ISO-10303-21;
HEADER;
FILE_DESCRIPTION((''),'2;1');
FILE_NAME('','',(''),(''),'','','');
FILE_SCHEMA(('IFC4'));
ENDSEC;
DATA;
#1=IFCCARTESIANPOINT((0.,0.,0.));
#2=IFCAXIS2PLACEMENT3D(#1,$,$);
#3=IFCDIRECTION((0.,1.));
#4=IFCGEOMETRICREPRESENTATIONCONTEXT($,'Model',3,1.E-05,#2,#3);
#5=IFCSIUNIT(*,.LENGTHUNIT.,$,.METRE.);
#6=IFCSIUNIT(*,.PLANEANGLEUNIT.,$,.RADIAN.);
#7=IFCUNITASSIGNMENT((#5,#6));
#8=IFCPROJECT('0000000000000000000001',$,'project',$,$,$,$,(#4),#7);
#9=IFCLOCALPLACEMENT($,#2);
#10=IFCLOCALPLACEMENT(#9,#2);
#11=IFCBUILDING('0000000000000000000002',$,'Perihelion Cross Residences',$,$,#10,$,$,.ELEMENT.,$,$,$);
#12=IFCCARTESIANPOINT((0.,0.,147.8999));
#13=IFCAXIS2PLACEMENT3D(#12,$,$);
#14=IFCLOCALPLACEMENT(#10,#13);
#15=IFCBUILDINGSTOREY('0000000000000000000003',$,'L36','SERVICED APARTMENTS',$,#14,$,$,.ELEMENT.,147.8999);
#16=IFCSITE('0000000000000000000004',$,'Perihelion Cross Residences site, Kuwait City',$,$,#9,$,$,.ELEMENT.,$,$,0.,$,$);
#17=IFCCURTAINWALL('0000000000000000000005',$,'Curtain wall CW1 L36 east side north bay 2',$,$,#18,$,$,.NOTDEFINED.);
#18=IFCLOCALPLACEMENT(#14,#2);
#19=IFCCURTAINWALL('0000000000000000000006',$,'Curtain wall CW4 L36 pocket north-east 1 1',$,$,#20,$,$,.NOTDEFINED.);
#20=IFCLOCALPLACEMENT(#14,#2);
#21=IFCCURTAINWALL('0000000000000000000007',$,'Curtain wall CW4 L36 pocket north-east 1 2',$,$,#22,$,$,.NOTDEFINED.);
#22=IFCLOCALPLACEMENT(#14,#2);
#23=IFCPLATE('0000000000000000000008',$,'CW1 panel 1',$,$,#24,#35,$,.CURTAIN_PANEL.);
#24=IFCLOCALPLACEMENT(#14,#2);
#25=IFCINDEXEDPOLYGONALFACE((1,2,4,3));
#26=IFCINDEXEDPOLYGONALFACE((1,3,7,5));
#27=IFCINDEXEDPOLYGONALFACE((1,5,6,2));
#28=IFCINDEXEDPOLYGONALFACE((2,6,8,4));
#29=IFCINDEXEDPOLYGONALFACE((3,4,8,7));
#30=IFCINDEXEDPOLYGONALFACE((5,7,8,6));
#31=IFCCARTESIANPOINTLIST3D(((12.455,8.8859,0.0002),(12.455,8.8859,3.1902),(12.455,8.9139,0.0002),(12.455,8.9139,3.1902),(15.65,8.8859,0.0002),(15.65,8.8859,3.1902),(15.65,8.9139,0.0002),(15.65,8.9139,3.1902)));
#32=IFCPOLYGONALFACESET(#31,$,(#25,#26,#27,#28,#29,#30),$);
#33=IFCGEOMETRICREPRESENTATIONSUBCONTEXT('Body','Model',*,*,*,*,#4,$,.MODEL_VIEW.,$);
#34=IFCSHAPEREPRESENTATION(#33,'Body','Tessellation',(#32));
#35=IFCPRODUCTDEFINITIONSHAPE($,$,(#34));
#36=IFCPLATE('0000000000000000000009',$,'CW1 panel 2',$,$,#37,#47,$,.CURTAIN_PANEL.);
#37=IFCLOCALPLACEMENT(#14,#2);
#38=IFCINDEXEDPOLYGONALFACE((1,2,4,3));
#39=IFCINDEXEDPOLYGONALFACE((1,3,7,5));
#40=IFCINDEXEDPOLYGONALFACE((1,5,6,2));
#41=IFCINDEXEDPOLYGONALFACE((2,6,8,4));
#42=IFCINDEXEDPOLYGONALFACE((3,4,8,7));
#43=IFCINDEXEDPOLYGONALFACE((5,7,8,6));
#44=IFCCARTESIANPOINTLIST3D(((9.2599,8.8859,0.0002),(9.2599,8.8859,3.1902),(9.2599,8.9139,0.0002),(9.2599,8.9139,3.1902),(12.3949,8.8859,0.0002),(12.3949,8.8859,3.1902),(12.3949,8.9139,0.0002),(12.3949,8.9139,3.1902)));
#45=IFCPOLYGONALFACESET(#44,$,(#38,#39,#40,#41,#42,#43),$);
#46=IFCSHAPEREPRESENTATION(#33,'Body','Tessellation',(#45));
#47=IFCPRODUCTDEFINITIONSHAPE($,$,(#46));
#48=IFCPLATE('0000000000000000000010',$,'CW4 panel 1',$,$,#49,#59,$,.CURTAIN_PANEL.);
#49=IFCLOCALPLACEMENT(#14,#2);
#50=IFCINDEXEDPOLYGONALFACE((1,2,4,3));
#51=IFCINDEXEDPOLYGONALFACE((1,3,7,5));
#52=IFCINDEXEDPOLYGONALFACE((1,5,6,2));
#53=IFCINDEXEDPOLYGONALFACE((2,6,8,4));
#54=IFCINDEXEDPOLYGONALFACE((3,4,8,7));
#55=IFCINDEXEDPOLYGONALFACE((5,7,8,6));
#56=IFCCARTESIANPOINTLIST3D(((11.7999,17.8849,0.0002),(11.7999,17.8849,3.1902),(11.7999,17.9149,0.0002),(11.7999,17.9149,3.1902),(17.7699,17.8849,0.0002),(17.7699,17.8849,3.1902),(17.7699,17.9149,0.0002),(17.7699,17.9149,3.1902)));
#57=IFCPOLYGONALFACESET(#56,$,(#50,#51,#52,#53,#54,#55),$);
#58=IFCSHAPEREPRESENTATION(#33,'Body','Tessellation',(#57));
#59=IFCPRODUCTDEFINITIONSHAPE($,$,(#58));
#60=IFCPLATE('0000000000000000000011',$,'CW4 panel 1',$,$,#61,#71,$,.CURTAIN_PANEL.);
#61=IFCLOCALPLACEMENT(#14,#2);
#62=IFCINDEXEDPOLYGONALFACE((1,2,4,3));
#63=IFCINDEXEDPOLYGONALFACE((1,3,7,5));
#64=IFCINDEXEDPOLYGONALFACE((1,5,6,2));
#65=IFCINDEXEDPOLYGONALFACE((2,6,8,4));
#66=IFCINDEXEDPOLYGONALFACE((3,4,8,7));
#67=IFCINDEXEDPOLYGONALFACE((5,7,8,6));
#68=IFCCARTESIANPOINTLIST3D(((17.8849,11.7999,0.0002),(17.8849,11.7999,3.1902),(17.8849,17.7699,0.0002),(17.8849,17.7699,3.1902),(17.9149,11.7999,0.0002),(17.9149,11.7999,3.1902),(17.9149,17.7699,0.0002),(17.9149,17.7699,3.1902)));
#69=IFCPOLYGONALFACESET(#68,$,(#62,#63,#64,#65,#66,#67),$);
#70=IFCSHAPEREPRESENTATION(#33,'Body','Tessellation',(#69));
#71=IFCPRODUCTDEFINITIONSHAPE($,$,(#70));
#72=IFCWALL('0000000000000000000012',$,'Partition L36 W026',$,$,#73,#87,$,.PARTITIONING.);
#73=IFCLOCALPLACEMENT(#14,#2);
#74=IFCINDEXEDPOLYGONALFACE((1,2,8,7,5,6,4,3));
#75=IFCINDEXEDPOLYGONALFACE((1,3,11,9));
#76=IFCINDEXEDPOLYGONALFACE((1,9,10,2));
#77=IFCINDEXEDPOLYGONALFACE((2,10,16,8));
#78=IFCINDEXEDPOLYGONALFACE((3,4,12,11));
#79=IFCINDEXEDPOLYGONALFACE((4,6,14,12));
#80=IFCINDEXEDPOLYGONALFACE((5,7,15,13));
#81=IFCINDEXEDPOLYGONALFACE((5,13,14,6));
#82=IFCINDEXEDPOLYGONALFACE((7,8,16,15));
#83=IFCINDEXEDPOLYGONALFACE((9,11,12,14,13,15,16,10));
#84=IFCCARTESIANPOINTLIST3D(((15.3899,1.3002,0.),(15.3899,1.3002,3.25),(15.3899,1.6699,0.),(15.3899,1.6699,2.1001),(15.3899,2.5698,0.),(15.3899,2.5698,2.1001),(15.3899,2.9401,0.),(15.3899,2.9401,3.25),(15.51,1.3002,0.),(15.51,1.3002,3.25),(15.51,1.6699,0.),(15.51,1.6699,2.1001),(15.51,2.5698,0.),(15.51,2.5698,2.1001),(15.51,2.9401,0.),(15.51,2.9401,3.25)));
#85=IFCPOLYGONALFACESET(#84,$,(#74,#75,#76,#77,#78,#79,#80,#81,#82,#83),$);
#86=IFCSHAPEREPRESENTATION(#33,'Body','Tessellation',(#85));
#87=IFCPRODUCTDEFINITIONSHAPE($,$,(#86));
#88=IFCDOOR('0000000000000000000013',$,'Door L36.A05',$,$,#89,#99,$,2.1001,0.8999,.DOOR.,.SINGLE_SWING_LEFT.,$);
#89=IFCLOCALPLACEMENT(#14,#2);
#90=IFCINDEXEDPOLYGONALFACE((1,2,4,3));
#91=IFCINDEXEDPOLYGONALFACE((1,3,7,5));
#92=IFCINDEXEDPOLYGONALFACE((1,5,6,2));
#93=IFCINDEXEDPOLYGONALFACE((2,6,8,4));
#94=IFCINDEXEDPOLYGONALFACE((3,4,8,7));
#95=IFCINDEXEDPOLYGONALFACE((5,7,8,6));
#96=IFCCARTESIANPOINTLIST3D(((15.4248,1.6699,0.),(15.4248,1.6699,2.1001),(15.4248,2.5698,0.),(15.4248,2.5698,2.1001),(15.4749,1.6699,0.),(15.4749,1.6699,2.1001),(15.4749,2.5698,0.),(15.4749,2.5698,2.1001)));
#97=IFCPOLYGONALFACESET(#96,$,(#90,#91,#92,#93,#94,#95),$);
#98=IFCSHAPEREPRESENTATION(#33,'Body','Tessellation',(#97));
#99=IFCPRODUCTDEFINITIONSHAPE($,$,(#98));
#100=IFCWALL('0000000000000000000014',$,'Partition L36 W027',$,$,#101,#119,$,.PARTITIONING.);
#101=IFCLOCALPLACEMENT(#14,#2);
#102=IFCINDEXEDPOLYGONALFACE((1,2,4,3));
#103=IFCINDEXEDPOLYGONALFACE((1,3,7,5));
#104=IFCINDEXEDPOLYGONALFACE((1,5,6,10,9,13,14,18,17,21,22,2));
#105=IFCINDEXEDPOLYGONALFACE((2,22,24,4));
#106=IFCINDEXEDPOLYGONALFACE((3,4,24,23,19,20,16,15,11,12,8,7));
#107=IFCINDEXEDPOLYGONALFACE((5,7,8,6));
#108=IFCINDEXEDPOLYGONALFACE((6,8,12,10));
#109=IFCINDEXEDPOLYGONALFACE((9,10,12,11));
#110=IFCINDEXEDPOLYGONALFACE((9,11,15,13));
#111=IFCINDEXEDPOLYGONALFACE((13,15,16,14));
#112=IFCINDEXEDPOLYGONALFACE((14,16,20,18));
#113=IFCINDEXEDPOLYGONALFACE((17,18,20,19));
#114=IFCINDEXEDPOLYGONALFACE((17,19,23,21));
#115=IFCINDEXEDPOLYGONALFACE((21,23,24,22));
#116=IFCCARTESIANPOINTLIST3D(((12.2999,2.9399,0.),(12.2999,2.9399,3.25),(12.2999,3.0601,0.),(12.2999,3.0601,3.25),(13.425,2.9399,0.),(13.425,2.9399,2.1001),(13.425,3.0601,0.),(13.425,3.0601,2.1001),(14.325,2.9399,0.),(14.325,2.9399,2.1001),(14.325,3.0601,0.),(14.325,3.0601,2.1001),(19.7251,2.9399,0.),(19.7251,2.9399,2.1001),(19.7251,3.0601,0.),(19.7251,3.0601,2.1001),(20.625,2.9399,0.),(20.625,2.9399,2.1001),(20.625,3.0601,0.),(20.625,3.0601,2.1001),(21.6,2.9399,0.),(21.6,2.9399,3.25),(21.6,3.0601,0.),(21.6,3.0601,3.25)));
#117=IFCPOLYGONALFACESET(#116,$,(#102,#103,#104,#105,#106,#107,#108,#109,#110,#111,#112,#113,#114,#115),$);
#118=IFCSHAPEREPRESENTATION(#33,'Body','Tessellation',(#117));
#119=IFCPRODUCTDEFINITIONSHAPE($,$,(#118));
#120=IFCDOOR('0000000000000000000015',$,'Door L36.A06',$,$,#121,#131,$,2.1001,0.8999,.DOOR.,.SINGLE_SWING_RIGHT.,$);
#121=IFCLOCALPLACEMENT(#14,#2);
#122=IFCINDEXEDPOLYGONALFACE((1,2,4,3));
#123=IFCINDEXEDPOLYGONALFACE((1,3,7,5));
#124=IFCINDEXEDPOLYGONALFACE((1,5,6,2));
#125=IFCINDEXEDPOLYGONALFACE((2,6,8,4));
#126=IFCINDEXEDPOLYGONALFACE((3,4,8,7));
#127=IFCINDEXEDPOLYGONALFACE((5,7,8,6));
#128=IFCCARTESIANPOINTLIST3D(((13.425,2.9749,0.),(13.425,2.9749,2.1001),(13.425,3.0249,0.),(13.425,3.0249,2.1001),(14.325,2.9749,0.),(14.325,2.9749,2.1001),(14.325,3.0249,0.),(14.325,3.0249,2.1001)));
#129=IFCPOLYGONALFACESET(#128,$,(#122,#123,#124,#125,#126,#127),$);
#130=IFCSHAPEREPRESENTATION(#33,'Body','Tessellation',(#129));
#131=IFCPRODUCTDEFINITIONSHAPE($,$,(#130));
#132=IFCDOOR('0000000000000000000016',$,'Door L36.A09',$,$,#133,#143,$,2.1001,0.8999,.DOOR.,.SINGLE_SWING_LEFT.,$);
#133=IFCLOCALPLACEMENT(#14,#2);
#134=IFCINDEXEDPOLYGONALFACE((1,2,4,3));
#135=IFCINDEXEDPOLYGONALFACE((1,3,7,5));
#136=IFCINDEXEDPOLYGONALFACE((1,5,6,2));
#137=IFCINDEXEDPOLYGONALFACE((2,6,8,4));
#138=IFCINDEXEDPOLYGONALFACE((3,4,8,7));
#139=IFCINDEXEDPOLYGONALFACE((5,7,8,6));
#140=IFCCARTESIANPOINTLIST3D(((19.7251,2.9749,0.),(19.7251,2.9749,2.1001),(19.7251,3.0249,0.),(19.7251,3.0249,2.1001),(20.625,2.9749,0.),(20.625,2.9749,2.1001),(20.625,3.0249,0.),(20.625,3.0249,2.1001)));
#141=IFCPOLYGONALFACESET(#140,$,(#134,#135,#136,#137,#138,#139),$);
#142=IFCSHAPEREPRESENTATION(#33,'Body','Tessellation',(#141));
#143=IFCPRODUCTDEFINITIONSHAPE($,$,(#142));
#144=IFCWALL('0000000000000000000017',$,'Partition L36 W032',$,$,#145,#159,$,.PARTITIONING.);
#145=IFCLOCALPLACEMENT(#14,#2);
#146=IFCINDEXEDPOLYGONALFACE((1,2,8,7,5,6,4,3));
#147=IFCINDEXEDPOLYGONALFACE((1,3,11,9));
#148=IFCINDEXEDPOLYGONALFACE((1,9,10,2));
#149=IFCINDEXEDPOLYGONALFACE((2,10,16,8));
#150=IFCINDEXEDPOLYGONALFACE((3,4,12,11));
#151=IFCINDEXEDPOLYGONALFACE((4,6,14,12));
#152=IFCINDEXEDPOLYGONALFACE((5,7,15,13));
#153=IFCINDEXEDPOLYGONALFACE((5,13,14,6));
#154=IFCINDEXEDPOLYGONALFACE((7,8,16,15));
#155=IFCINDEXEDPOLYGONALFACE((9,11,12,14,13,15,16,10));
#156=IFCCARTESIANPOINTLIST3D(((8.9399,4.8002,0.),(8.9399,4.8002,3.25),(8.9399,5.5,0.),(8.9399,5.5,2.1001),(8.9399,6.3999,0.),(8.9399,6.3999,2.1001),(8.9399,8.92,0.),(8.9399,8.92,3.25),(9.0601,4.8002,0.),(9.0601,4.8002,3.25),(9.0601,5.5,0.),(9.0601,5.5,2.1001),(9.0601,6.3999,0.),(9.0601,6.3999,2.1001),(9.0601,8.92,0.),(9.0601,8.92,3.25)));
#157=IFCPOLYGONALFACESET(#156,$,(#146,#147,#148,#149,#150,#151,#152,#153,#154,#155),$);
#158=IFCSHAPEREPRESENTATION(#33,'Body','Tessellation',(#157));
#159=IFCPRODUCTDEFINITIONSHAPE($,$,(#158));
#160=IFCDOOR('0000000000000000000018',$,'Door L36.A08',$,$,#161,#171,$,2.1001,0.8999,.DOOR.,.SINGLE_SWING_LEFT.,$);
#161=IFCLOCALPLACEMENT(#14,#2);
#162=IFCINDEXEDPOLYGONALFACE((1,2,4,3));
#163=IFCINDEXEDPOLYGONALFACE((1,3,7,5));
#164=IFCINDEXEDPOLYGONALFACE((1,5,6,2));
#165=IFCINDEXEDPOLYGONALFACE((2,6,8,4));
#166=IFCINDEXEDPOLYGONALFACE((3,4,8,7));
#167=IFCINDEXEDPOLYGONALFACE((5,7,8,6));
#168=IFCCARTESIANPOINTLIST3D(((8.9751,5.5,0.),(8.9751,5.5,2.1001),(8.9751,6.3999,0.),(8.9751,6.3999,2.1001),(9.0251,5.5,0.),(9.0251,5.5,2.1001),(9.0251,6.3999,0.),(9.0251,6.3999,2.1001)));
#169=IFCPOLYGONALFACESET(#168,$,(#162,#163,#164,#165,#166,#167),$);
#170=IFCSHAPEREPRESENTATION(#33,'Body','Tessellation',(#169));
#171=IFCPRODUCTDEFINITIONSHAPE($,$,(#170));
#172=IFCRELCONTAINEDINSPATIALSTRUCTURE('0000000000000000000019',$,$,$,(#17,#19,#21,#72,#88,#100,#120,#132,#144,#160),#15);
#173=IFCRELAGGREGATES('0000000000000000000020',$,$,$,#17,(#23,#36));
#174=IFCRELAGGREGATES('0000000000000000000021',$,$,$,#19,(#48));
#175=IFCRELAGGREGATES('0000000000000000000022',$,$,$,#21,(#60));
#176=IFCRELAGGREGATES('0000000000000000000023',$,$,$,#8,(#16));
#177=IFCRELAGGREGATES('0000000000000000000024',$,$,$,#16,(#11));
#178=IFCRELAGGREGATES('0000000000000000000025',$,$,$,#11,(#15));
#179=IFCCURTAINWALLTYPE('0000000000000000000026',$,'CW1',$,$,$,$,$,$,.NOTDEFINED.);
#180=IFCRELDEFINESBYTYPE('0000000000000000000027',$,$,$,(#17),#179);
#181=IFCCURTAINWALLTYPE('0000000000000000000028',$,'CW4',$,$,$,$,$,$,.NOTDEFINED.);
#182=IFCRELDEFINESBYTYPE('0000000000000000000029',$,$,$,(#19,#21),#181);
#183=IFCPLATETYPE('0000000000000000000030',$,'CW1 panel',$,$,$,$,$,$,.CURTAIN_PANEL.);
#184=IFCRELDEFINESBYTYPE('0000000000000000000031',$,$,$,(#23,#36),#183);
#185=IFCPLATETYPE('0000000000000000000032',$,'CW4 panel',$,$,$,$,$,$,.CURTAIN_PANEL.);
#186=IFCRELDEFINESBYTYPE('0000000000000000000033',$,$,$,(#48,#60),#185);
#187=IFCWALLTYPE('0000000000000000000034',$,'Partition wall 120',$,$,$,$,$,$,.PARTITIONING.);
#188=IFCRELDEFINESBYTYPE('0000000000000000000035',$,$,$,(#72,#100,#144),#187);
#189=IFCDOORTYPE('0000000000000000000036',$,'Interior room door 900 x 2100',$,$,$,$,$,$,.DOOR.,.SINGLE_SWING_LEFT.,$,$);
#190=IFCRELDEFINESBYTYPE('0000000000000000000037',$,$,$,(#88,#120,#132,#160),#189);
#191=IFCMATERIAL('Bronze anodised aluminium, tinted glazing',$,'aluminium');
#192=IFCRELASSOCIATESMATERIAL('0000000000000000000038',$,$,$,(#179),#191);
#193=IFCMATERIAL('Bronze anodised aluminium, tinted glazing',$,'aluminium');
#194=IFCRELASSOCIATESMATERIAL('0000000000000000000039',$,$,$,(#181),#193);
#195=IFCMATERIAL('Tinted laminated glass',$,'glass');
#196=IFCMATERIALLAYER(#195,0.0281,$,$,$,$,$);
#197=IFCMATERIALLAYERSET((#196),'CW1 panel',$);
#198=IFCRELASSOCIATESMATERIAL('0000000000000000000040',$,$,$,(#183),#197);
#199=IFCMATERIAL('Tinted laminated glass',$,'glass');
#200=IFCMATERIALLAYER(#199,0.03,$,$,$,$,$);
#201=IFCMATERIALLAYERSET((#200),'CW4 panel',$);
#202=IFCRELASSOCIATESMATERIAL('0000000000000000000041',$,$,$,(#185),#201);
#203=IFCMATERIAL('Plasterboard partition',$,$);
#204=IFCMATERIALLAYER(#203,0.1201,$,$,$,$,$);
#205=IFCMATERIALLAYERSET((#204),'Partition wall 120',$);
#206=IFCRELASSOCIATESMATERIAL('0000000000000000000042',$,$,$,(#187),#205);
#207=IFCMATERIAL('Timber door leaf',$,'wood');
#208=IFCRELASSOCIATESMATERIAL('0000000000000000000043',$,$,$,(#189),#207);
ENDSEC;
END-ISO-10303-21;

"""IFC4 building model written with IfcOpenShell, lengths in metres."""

from ifc_helpers import new_model, si_unit, direction, frame, frame_2d, origin, origin_2d, place, context, subcontext, project, spatial, rectangle, extrude, material, layer, layer_set, type_object, element, fill, aggregate, save


model = new_model("IFC4")

# Units and contexts
model_context = context("Model", 3, precision=1e-05, world=origin(), true_north=direction((0.0, 1.0)))
body_context = subcontext(model_context, "Body", "Model", "MODEL_VIEW")
ifc_project = project(units=[si_unit("LENGTHUNIT", "METRE"), si_unit("PLANEANGLEUNIT", "RADIAN")], contexts=[model_context])

# Site, building, storey
site_placement = place(None, origin())
site = spatial("IfcSite", under=ifc_project, at=site_placement, Name="Perihelion Cross Residences site, Kuwait City", CompositionType="ELEMENT", RefElevation=0.0)
building_placement = place(site_placement, origin())
building = spatial("IfcBuilding", under=site, at=building_placement, Name="Perihelion Cross Residences", CompositionType="ELEMENT")
storey_placement = place(building_placement, frame((0.0, 0.0, 147.8999)))
storey = spatial("IfcBuildingStorey", under=building, at=storey_placement, Name="L36", Description="SERVICED APARTMENTS", CompositionType="ELEMENT", Elevation=147.8999)

# Curtain walls
ifc_material_1 = material(Name="Bronze anodised aluminium, tinted glazing", Category="aluminium")
curtain_wall_type_1 = type_object("IfcCurtainWallType", Name="CW1", PredefinedType="NOTDEFINED", material=ifc_material_1)
curtain_wall_1_placement = place(storey_placement, origin())
curtain_wall_1 = element("IfcCurtainWall", 1, at=curtain_wall_1_placement, inside=storey, type_object=curtain_wall_type_1, Name="Curtain wall CW1 L36 east side north bay 2", PredefinedType="NOTDEFINED")
ifc_material_2 = material(Name="Bronze anodised aluminium, tinted glazing", Category="aluminium")
curtain_wall_type_2 = type_object("IfcCurtainWallType", Name="CW4", PredefinedType="NOTDEFINED", material=ifc_material_2)
curtain_wall_2_placement = place(storey_placement, origin())
curtain_wall_2 = element("IfcCurtainWall", 2, at=curtain_wall_2_placement, inside=storey, type_object=curtain_wall_type_2, Name="Curtain wall CW4 L36 pocket north-east 1 1", PredefinedType="NOTDEFINED")
curtain_wall_3_placement = place(storey_placement, origin())
curtain_wall_3 = element("IfcCurtainWall", 3, at=curtain_wall_3_placement, inside=storey, type_object=curtain_wall_type_2, Name="Curtain wall CW4 L36 pocket north-east 1 2", PredefinedType="NOTDEFINED")

# Plates
ifc_material_3 = material(Name="Tinted laminated glass", Category="glass")
ifc_layer_1 = layer(ifc_material_3, 0.0281)
ifc_layer_set_1 = layer_set([ifc_layer_1], Name="CW1 panel")
plate_type_1 = type_object("IfcPlateType", Name="CW1 panel", PredefinedType="CURTAIN_PANEL", material=ifc_layer_set_1)
plate_1_placement = place(storey_placement, frame((14.0525, 8.8999, 0.0002), z_axis=(0.0, 0.0, 1.0), x_axis=(-1.0, 0.0, 0.0)))
plate_1 = element("IfcPlate", 4, at=plate_1_placement, type_object=plate_type_1, Name="CW1 panel 1", PredefinedType="CURTAIN_PANEL", context=body_context, shape_type="SweptSolid", body=[
    extrude(rectangle(XDim=3.1951, YDim=0.0281, at=origin_2d()), origin(), (0.0, 0.0, 1.0), 3.1899),
])
plate_2_placement = place(storey_placement, frame((10.8274, 8.8999, 0.0002), z_axis=(0.0, 0.0, 1.0), x_axis=(-1.0, 0.0, 0.0)))
plate_2 = element("IfcPlate", 5, at=plate_2_placement, type_object=plate_type_1, Name="CW1 panel 2", PredefinedType="CURTAIN_PANEL", context=body_context, shape_type="SweptSolid", body=[
    extrude(rectangle(XDim=3.135, YDim=0.0281, at=origin_2d()), origin(), (0.0, 0.0, 1.0), 3.1899),
])
aggregate(curtain_wall_1, [plate_1, plate_2])
ifc_material_4 = material(Name="Tinted laminated glass", Category="glass")
ifc_layer_2 = layer(ifc_material_4, 0.03)
ifc_layer_set_2 = layer_set([ifc_layer_2], Name="CW4 panel")
plate_type_2 = type_object("IfcPlateType", Name="CW4 panel", PredefinedType="CURTAIN_PANEL", material=ifc_layer_set_2)
plate_3_placement = place(storey_placement, frame((14.7849, 17.8999, 0.0002), z_axis=(0.0, 0.0, 1.0), x_axis=(1.0, 0.0, 0.0)))
plate_3 = element("IfcPlate", 6, at=plate_3_placement, type_object=plate_type_2, Name="CW4 panel 1", PredefinedType="CURTAIN_PANEL", context=body_context, shape_type="SweptSolid", body=[
    extrude(rectangle(XDim=5.97, YDim=0.03, at=origin_2d()), origin(), (0.0, 0.0, 1.0), 3.1899),
])
aggregate(curtain_wall_2, [plate_3])
plate_4_placement = place(storey_placement, frame((17.8999, 14.7849, 0.0002), z_axis=(0.0, 0.0, 1.0), x_axis=(0.0, -1.0, 0.0)))
plate_4 = element("IfcPlate", 7, at=plate_4_placement, type_object=plate_type_2, Name="CW4 panel 1", PredefinedType="CURTAIN_PANEL", context=body_context, shape_type="SweptSolid", body=[
    extrude(rectangle(XDim=5.97, YDim=0.03, at=origin_2d()), origin(), (0.0, 0.0, 1.0), 3.1899),
])
aggregate(curtain_wall_3, [plate_4])

# Wall, opening, door
ifc_material_5 = material(Name="Plasterboard partition")
ifc_layer_3 = layer(ifc_material_5, 0.1201)
ifc_layer_set_3 = layer_set([ifc_layer_3], Name="Partition wall 120")
wall_type_1 = type_object("IfcWallType", Name="Partition wall 120", PredefinedType="PARTITIONING", material=ifc_layer_set_3)
wall_1_placement = place(storey_placement, frame((15.45, 2.9399, 0.0), z_axis=(0.0, 0.0, 1.0), x_axis=(0.0, -1.0, 0.0)))
wall_1 = element("IfcWall", 8, at=wall_1_placement, inside=storey, type_object=wall_type_1, Name="Partition L36 W026", PredefinedType="PARTITIONING", context=body_context, shape_type="SweptSolid", body=[
    extrude(rectangle(XDim=1.6399, YDim=0.1201, at=frame_2d((0.8198, 0.0))), origin(), (0.0, 0.0, 1.0), 3.25),
])
opening_1_placement = place(wall_1_placement, frame((0.3701, 0.0, 0.0)))
opening_1 = element("IfcOpeningElement", 9, at=opening_1_placement, cuts=wall_1, PredefinedType="OPENING", context=body_context, shape_type="SweptSolid", body=[
    extrude(rectangle(XDim=0.8999, YDim=2.1001, at=frame_2d((0.45, 1.05))), frame((0.0, 0.0701, 0.0), z_axis=(0.0, -1.0, 0.0), x_axis=(1.0, 0.0, 0.0)), (0.0, 0.0, 1.0), 0.1401),
])
ifc_material_6 = material(Name="Timber door leaf", Category="wood")
door_type_1 = type_object("IfcDoorType", Name="Interior room door 900 x 2100", OperationType="SINGLE_SWING_LEFT", PredefinedType="DOOR", material=ifc_material_6)
door_1_placement = place(opening_1_placement, origin())
door_1 = element("IfcDoor", 10, at=door_1_placement, inside=storey, type_object=door_type_1, Name="Door L36.A05", OperationType="SINGLE_SWING_LEFT", OverallHeight=2.1001, OverallWidth=0.8999, PredefinedType="DOOR", context=body_context, shape_type="SweptSolid", body=[
    extrude(rectangle(XDim=0.8999, YDim=2.1001, at=frame_2d((0.45, 1.05))), frame((0.0, 0.0249, 0.0), z_axis=(0.0, -1.0, 0.0), x_axis=(1.0, 0.0, 0.0)), (0.0, 0.0, 1.0), 0.05),
])
fill(opening_1, door_1)

# Wall, openings, doors
wall_2_placement = place(storey_placement, frame((12.3, 3.0, 0.0), z_axis=(0.0, 0.0, 1.0), x_axis=(1.0, 0.0, 0.0)))
wall_2 = element("IfcWall", 11, at=wall_2_placement, inside=storey, type_object=wall_type_1, Name="Partition L36 W027", PredefinedType="PARTITIONING", context=body_context, shape_type="SweptSolid", body=[
    extrude(rectangle(XDim=9.3, YDim=0.1201, at=frame_2d((4.6499, 0.0))), origin(), (0.0, 0.0, 1.0), 3.25),
])
opening_2_placement = place(wall_2_placement, frame((1.125, 0.0, 0.0)))
opening_2 = element("IfcOpeningElement", 12, at=opening_2_placement, cuts=wall_2, PredefinedType="OPENING", context=body_context, shape_type="SweptSolid", body=[
    extrude(rectangle(XDim=0.8999, YDim=2.1001, at=frame_2d((0.45, 1.05))), frame((0.0, 0.0701, 0.0), z_axis=(0.0, -1.0, 0.0), x_axis=(1.0, 0.0, 0.0)), (0.0, 0.0, 1.0), 0.1401),
])
opening_3_placement = place(wall_2_placement, frame((7.425, 0.0, 0.0)))
opening_3 = element("IfcOpeningElement", 13, at=opening_3_placement, cuts=wall_2, PredefinedType="OPENING", context=body_context, shape_type="SweptSolid", body=[
    extrude(rectangle(XDim=0.8999, YDim=2.1001, at=frame_2d((0.45, 1.05))), frame((0.0, 0.0701, 0.0), z_axis=(0.0, -1.0, 0.0), x_axis=(1.0, 0.0, 0.0)), (0.0, 0.0, 1.0), 0.1401),
])
door_2_placement = place(opening_2_placement, origin())
door_2 = element("IfcDoor", 14, at=door_2_placement, inside=storey, type_object=door_type_1, Name="Door L36.A06", OperationType="SINGLE_SWING_RIGHT", OverallHeight=2.1001, OverallWidth=0.8999, PredefinedType="DOOR", context=body_context, shape_type="SweptSolid", body=[
    extrude(rectangle(XDim=0.8999, YDim=2.1001, at=frame_2d((0.45, 1.05))), frame((0.0, 0.0249, 0.0), z_axis=(0.0, -1.0, 0.0), x_axis=(1.0, 0.0, 0.0)), (0.0, 0.0, 1.0), 0.05),
])
fill(opening_2, door_2)
door_3_placement = place(opening_3_placement, origin())
door_3 = element("IfcDoor", 15, at=door_3_placement, inside=storey, type_object=door_type_1, Name="Door L36.A09", OperationType="SINGLE_SWING_LEFT", OverallHeight=2.1001, OverallWidth=0.8999, PredefinedType="DOOR", context=body_context, shape_type="SweptSolid", body=[
    extrude(rectangle(XDim=0.8999, YDim=2.1001, at=frame_2d((0.45, 1.05))), frame((0.0, 0.0249, 0.0), z_axis=(0.0, -1.0, 0.0), x_axis=(1.0, 0.0, 0.0)), (0.0, 0.0, 1.0), 0.05),
])
fill(opening_3, door_3)

# Wall, opening, door
wall_3_placement = place(storey_placement, frame((9.0, 4.8, 0.0), z_axis=(0.0, 0.0, 1.0), x_axis=(0.0, 1.0, 0.0)))
wall_3 = element("IfcWall", 16, at=wall_3_placement, inside=storey, type_object=wall_type_1, Name="Partition L36 W032", PredefinedType="PARTITIONING", context=body_context, shape_type="SweptSolid", body=[
    extrude(rectangle(XDim=4.1199, YDim=0.1201, at=frame_2d((2.0601, 0.0))), origin(), (0.0, 0.0, 1.0), 3.25),
])
opening_4_placement = place(wall_3_placement, frame((0.7, 0.0, 0.0)))
opening_4 = element("IfcOpeningElement", 17, at=opening_4_placement, cuts=wall_3, PredefinedType="OPENING", context=body_context, shape_type="SweptSolid", body=[
    extrude(rectangle(XDim=0.8999, YDim=2.1001, at=frame_2d((0.45, 1.05))), frame((0.0, 0.0701, 0.0), z_axis=(0.0, -1.0, 0.0), x_axis=(1.0, 0.0, 0.0)), (0.0, 0.0, 1.0), 0.1401),
])
door_4_placement = place(opening_4_placement, origin())
door_4 = element("IfcDoor", 18, at=door_4_placement, inside=storey, type_object=door_type_1, Name="Door L36.A08", OperationType="SINGLE_SWING_LEFT", OverallHeight=2.1001, OverallWidth=0.8999, PredefinedType="DOOR", context=body_context, shape_type="SweptSolid", body=[
    extrude(rectangle(XDim=0.8999, YDim=2.1001, at=frame_2d((0.45, 1.05))), frame((0.0, 0.0249, 0.0), z_axis=(0.0, -1.0, 0.0), x_axis=(1.0, 0.0, 0.0)), (0.0, 0.0, 1.0), 0.05),
])
fill(opening_4, door_4)

save(model, "model.ifc")
